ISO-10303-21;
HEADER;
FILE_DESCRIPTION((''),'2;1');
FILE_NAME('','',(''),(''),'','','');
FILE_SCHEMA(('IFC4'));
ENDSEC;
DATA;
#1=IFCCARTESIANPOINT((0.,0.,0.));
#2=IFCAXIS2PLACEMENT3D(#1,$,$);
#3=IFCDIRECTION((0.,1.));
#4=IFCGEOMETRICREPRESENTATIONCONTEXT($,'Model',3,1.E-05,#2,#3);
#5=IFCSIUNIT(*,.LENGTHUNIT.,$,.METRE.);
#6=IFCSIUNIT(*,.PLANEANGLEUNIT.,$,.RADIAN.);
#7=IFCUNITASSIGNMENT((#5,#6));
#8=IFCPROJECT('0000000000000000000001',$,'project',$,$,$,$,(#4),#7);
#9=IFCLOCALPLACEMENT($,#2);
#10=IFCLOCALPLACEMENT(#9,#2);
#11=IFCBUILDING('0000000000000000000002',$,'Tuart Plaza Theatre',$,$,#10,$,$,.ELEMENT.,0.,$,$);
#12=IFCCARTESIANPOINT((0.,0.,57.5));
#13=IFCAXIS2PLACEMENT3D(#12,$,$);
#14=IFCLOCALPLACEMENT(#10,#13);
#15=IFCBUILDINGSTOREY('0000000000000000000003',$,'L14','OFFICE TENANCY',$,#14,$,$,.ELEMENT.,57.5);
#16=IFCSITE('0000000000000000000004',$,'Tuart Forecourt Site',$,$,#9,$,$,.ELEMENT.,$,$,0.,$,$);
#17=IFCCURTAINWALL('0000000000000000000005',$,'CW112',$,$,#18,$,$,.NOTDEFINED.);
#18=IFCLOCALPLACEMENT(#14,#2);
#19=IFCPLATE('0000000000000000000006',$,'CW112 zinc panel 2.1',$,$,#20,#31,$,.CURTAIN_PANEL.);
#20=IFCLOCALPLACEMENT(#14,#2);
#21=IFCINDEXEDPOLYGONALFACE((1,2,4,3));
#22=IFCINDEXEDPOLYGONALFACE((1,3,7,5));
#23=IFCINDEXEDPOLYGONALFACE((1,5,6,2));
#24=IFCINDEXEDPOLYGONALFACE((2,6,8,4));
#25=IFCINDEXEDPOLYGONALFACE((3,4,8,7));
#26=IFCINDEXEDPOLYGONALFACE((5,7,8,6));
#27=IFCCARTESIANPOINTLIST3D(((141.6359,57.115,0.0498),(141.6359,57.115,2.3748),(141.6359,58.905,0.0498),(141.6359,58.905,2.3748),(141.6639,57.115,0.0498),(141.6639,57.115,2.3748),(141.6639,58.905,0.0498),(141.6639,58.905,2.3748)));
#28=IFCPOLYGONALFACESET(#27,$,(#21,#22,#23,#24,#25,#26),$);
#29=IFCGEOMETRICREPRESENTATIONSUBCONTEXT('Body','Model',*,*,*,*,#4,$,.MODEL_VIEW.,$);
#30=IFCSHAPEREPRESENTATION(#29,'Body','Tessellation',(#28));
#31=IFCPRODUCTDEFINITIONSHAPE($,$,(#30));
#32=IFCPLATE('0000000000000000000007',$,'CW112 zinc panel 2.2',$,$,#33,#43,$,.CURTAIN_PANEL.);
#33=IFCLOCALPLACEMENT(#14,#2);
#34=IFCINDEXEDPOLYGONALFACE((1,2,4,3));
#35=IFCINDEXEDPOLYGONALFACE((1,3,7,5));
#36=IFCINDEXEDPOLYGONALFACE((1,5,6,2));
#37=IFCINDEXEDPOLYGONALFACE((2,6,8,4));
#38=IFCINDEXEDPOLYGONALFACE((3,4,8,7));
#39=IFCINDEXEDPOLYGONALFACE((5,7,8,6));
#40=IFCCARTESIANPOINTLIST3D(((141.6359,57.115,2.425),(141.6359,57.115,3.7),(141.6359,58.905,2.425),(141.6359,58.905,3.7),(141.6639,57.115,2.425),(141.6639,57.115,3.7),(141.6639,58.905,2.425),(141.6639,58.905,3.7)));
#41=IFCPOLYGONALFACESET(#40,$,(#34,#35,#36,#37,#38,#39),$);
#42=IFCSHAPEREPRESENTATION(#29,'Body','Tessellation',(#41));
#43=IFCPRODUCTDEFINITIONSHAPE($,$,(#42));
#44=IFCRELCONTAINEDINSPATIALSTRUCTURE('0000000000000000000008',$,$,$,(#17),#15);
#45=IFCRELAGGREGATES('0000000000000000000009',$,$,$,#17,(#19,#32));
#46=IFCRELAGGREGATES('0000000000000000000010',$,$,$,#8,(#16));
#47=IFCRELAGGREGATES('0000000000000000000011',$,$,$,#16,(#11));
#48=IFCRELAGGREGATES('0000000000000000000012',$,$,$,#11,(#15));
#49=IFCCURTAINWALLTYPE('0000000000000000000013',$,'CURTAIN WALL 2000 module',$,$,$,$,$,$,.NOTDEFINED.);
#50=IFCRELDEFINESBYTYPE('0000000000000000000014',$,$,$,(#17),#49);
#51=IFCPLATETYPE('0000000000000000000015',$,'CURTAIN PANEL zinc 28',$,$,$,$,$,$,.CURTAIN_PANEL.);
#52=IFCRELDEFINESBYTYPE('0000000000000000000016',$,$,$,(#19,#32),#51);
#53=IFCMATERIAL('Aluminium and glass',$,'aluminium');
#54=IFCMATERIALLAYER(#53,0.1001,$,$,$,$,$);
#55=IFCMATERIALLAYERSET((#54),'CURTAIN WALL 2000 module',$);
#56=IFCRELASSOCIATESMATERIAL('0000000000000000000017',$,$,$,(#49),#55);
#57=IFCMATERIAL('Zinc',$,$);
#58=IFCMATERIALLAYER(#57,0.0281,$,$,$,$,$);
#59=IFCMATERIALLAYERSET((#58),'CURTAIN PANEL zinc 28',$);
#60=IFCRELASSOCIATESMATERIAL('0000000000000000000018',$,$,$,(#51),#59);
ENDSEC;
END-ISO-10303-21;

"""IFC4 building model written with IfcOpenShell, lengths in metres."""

from ifc_helpers import new_model, si_unit, direction, frame, origin, origin_2d, place, context, subcontext, project, spatial, rectangle, extrude, material, layer, layer_set, type_object, element, aggregate, save


model = new_model("IFC4")

# Units and contexts
model_context = context("Model", 3, precision=1e-05, world=origin(), true_north=direction((0.0, 1.0)))
body_context = subcontext(model_context, "Body", "Model", "MODEL_VIEW")
ifc_project = project(units=[si_unit("LENGTHUNIT", "METRE"), si_unit("PLANEANGLEUNIT", "RADIAN")], contexts=[model_context])

# Site, building, storey
site_placement = place(None, origin())
site = spatial("IfcSite", under=ifc_project, at=site_placement, Name="Tuart Forecourt Site", CompositionType="ELEMENT", RefElevation=0.0)
building_placement = place(site_placement, origin())
building = spatial("IfcBuilding", under=site, at=building_placement, Name="Tuart Plaza Theatre", CompositionType="ELEMENT", ElevationOfRefHeight=0.0)
storey_placement = place(building_placement, frame((0.0, 0.0, 57.5)))
storey = spatial("IfcBuildingStorey", under=building, at=storey_placement, Name="L14", Description="OFFICE TENANCY", CompositionType="ELEMENT", Elevation=57.5)

# Curtain wall
ifc_material_1 = material(Name="Aluminium and glass", Category="aluminium")
ifc_layer_1 = layer(ifc_material_1, 0.1001)
ifc_layer_set_1 = layer_set([ifc_layer_1], Name="CURTAIN WALL 2000 module")
curtain_wall_type = type_object("IfcCurtainWallType", Name="CURTAIN WALL 2000 module", PredefinedType="NOTDEFINED", material=ifc_layer_set_1)
curtain_wall_1_placement = place(storey_placement, origin())
curtain_wall_1 = element("IfcCurtainWall", 1, at=curtain_wall_1_placement, inside=storey, type_object=curtain_wall_type, Name="CW112", PredefinedType="NOTDEFINED")

# Plates
ifc_material_2 = material(Name="Zinc")
ifc_layer_2 = layer(ifc_material_2, 0.0281)
ifc_layer_set_2 = layer_set([ifc_layer_2], Name="CURTAIN PANEL zinc 28")
plate_type_1 = type_object("IfcPlateType", Name="CURTAIN PANEL zinc 28", PredefinedType="CURTAIN_PANEL", material=ifc_layer_set_2)
plate_1_placement = place(storey_placement, frame((141.6499, 58.01, 0.0498), z_axis=(0.0, 0.0, 1.0), x_axis=(0.0, 1.0, 0.0)))
plate_1 = element("IfcPlate", 2, at=plate_1_placement, type_object=plate_type_1, Name="CW112 zinc panel 2.1", PredefinedType="CURTAIN_PANEL", context=body_context, shape_type="SweptSolid", body=[
    extrude(rectangle(XDim=1.79, YDim=0.0281, at=origin_2d()), origin(), (0.0, 0.0, 1.0), 2.325),
])
plate_2_placement = place(storey_placement, frame((141.6499, 58.01, 2.425), z_axis=(0.0, 0.0, 1.0), x_axis=(0.0, 1.0, 0.0)))
plate_2 = element("IfcPlate", 3, at=plate_2_placement, type_object=plate_type_1, Name="CW112 zinc panel 2.2", PredefinedType="CURTAIN_PANEL", context=body_context, shape_type="SweptSolid", body=[
    extrude(rectangle(XDim=1.79, YDim=0.0281, at=origin_2d()), origin(), (0.0, 0.0, 1.0), 1.2749),
])
aggregate(curtain_wall_1, [plate_1, plate_2])

save(model, "model.ifc")
